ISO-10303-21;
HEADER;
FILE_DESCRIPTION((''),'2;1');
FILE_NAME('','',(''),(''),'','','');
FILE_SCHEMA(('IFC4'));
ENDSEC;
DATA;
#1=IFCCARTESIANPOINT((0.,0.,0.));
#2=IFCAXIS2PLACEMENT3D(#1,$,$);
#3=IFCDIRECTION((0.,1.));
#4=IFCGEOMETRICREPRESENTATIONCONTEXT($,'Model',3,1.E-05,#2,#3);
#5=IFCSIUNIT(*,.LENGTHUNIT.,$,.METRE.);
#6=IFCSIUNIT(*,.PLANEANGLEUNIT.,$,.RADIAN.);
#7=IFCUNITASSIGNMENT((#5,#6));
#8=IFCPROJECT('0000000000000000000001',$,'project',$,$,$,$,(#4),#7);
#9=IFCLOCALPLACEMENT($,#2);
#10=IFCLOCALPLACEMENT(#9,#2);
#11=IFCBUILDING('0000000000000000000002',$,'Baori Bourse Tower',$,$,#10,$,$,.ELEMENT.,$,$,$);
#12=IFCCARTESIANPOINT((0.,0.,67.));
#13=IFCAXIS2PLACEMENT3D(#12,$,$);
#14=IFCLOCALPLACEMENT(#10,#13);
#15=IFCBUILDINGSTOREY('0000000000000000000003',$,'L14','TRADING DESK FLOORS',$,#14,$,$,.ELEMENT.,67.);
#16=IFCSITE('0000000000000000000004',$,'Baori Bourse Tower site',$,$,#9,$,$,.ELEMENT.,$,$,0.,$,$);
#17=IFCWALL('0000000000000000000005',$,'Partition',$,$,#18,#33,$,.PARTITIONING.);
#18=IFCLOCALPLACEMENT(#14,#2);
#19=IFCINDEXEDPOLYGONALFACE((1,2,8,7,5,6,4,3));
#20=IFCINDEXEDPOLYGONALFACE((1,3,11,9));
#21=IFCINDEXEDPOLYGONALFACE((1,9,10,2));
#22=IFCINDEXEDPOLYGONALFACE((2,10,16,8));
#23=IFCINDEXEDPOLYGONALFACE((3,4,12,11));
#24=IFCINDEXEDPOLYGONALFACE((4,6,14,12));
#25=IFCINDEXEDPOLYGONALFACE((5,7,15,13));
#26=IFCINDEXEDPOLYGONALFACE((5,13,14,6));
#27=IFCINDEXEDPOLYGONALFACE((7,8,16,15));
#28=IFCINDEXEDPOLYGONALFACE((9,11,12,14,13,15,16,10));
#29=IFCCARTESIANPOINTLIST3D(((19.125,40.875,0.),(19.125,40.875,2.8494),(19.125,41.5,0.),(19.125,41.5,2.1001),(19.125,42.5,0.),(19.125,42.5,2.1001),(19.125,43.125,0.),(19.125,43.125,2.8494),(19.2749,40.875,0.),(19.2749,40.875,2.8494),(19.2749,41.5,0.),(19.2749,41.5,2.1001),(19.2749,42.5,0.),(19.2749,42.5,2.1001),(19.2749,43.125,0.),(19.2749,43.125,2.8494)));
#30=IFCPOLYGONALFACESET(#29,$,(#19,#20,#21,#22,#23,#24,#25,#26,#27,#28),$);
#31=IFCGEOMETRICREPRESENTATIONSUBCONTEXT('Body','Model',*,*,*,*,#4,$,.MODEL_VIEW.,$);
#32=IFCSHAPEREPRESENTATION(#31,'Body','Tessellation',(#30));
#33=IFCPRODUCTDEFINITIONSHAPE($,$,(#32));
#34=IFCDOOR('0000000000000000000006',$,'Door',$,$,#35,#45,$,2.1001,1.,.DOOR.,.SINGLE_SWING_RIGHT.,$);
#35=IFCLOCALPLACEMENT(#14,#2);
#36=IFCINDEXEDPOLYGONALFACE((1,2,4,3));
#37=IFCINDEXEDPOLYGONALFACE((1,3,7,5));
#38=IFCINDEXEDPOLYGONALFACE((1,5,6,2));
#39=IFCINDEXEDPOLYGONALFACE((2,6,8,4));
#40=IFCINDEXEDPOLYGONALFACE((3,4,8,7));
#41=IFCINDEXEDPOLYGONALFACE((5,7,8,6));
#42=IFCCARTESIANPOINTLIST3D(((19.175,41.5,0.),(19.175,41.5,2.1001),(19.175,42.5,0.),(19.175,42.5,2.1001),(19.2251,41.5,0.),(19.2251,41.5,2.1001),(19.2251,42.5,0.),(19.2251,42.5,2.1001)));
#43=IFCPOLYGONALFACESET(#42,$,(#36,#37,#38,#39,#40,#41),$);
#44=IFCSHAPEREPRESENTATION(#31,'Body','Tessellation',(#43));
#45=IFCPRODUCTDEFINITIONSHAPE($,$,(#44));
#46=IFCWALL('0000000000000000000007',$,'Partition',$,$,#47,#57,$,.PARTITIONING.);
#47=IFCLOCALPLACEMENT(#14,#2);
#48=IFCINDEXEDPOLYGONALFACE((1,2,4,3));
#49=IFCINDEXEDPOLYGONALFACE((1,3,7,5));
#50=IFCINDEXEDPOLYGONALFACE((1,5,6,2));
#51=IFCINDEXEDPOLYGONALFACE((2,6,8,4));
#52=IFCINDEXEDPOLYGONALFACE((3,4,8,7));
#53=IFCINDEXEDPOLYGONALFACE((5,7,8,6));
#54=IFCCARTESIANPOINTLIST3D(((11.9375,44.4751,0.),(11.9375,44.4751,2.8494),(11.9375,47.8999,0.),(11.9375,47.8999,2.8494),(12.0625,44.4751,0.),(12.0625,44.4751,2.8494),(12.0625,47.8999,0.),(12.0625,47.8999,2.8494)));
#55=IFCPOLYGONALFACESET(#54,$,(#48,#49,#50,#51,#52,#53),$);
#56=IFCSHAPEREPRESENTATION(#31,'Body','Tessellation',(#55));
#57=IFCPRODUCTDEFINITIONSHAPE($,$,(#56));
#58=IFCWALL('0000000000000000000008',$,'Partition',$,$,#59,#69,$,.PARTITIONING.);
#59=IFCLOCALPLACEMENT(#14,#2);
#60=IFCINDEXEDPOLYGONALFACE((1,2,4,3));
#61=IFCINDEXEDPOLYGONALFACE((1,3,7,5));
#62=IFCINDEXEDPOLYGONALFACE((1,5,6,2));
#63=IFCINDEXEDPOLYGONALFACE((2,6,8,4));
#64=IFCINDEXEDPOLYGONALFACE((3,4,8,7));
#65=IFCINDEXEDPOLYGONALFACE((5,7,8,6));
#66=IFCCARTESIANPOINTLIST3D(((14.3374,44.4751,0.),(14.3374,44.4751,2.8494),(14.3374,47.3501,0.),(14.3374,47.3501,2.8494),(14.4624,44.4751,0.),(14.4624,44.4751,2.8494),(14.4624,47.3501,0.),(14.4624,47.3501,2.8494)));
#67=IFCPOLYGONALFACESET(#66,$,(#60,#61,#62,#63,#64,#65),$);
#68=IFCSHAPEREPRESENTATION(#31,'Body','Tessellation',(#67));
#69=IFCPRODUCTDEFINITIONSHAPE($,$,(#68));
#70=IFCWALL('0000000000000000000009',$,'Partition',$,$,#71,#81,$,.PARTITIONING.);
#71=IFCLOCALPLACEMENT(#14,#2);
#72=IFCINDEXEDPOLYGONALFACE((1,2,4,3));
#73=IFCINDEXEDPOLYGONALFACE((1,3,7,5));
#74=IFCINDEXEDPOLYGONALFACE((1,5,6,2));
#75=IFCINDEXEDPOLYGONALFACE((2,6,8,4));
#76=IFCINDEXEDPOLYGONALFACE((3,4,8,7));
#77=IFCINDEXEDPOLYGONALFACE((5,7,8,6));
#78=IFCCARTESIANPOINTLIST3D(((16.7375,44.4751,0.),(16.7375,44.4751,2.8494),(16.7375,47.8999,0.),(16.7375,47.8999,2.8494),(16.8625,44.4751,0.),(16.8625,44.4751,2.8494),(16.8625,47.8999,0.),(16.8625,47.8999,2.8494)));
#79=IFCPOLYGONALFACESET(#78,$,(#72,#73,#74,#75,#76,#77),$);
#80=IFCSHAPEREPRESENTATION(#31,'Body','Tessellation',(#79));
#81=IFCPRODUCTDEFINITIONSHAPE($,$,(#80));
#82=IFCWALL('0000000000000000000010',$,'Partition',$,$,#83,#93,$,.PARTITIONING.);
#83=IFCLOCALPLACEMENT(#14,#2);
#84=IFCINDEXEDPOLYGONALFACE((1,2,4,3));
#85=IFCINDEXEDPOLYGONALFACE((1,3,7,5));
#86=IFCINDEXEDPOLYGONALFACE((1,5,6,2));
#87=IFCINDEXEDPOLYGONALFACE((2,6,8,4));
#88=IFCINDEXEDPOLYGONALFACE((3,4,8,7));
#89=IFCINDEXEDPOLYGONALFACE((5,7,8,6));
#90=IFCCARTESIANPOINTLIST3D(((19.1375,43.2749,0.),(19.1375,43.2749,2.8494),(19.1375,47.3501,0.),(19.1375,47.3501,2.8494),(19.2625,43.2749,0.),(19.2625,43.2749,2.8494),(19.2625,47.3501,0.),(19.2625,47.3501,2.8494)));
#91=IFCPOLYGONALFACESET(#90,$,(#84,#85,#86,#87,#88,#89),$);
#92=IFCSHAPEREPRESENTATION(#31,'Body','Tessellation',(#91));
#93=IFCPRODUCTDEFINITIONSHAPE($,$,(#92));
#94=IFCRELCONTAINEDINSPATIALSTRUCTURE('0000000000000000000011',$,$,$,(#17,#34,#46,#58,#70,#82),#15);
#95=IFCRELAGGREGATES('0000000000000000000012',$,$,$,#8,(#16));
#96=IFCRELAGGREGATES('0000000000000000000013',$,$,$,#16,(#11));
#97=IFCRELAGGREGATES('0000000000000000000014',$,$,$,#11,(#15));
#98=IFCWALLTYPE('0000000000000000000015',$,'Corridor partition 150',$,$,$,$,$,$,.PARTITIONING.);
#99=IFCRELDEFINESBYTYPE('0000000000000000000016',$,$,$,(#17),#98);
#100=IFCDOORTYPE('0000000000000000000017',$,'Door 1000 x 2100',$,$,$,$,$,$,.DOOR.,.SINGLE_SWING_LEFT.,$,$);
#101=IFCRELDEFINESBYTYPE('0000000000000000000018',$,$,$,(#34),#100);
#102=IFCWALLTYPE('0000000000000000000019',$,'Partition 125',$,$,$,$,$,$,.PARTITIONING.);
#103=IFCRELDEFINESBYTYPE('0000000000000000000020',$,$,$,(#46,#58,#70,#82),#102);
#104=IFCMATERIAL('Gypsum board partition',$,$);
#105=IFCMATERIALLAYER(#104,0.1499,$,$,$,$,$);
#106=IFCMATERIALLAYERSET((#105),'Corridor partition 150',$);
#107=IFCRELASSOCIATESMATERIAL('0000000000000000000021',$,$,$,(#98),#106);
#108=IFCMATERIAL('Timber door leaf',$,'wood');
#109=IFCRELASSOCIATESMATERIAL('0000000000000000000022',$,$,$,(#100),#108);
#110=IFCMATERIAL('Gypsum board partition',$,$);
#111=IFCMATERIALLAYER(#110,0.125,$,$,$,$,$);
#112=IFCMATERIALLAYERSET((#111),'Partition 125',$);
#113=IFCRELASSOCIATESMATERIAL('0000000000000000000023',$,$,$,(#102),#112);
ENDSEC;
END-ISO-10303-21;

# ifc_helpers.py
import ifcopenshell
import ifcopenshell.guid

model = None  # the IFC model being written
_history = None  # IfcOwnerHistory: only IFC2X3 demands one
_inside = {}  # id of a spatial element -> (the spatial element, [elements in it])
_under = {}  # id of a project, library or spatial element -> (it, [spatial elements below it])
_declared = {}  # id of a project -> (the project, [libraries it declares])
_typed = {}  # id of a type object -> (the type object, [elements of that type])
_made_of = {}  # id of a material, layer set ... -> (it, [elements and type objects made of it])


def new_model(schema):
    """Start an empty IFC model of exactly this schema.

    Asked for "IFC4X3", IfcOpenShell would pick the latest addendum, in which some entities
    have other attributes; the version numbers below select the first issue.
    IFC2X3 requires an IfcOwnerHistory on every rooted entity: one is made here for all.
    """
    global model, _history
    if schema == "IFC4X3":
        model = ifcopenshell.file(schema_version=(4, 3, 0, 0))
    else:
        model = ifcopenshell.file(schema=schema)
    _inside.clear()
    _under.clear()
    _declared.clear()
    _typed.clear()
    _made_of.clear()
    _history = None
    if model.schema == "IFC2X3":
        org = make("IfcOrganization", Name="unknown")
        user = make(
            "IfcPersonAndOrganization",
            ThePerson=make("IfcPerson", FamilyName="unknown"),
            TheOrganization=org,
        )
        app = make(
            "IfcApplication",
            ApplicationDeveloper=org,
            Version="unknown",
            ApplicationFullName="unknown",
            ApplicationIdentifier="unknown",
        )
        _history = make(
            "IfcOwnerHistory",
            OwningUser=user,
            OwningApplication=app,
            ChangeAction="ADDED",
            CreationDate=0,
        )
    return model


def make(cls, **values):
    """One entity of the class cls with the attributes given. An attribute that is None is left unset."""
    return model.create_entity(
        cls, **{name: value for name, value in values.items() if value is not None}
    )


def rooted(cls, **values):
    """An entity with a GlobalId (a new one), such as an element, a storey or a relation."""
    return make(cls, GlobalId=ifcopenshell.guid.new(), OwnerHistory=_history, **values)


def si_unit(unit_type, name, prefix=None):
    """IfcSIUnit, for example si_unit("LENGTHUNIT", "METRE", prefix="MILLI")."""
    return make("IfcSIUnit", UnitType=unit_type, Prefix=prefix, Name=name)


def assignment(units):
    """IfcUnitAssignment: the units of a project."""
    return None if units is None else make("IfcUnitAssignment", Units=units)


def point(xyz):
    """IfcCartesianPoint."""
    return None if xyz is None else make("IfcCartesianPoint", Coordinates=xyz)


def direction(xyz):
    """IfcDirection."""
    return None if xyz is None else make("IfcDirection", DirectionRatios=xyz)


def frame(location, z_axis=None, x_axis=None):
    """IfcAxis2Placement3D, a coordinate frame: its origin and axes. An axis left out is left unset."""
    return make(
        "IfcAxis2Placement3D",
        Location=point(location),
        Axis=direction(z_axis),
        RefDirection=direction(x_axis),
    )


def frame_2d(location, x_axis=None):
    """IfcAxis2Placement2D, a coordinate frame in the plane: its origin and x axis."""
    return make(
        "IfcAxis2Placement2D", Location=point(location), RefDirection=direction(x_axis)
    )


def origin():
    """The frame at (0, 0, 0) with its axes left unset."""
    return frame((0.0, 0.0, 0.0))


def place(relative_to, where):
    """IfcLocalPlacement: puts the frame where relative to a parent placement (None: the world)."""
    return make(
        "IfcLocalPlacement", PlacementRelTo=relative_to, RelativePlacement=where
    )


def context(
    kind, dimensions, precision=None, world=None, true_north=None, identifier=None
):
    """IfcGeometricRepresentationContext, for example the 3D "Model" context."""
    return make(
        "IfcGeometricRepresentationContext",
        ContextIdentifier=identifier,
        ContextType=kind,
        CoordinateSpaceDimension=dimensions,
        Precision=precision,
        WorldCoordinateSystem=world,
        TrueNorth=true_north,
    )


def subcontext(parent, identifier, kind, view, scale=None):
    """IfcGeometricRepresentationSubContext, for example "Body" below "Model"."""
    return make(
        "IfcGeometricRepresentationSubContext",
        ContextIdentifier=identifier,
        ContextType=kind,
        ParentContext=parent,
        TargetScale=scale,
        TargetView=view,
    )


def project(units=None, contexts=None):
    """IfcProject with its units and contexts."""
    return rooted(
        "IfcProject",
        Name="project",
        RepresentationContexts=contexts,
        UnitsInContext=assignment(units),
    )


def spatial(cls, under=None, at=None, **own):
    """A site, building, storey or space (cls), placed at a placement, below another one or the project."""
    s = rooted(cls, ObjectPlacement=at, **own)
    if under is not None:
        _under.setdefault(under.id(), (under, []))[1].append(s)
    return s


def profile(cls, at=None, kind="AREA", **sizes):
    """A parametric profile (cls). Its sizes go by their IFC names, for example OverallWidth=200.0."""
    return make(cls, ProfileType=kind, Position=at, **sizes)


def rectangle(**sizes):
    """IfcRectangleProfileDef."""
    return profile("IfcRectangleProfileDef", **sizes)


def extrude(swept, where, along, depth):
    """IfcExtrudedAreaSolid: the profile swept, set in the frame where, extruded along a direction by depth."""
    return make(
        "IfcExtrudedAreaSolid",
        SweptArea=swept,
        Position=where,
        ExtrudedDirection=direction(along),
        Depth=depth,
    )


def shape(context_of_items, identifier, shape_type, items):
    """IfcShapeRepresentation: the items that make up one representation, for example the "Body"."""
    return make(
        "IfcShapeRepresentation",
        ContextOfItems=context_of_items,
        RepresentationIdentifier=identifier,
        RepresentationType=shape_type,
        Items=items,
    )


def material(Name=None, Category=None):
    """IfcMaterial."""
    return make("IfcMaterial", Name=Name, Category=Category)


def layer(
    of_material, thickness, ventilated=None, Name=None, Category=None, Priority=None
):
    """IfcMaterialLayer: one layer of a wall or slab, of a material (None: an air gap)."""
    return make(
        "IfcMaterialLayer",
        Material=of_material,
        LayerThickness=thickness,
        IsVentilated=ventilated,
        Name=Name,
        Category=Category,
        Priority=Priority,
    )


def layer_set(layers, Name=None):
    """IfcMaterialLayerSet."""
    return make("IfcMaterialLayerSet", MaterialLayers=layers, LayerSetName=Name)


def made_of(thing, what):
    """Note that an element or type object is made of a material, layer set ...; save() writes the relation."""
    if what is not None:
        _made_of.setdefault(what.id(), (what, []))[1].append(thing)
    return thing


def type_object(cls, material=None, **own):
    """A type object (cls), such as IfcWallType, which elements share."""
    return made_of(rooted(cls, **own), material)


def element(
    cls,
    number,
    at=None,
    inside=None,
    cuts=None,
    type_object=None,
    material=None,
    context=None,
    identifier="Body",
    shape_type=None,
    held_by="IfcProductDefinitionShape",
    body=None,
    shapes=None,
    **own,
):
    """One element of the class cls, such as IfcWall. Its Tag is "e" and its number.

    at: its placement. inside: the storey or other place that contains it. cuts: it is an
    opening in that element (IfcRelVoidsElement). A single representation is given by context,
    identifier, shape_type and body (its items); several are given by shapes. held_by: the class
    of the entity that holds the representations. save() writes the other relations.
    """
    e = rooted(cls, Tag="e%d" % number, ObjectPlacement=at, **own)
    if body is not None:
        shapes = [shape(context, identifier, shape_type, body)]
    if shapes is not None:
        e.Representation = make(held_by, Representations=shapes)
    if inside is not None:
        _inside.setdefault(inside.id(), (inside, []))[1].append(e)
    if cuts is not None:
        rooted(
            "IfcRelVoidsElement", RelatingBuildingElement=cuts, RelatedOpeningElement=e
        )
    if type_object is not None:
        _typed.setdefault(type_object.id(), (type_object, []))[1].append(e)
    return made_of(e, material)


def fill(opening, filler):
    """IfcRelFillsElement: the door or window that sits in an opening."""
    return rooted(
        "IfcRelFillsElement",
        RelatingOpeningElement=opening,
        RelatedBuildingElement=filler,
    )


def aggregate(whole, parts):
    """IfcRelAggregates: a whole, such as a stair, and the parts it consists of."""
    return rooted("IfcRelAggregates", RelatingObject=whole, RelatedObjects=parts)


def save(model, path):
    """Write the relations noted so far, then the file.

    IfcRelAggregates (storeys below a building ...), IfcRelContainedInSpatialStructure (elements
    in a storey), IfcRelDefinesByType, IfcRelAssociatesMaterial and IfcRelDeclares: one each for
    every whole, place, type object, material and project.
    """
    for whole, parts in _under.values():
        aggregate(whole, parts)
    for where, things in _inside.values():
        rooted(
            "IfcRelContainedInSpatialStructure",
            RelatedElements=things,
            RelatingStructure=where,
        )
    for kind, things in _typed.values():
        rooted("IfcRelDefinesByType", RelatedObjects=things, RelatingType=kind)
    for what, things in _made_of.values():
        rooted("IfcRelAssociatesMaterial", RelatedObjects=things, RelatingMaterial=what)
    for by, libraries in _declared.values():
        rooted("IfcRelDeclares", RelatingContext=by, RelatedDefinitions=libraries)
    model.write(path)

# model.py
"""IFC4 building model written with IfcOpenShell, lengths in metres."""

from ifc_helpers import new_model, si_unit, direction, frame, frame_2d, origin, place, context, subcontext, project, spatial, rectangle, extrude, material, layer, layer_set, type_object, element, fill, save


model = new_model("IFC4")

# Units and contexts
model_context = context("Model", 3, precision=1e-05, world=origin(), true_north=direction((0.0, 1.0)))
body_context = subcontext(model_context, "Body", "Model", "MODEL_VIEW")
ifc_project = project(units=[si_unit("LENGTHUNIT", "METRE"), si_unit("PLANEANGLEUNIT", "RADIAN")], contexts=[model_context])

# Site, building, storey
site_placement = place(None, origin())
site = spatial("IfcSite", under=ifc_project, at=site_placement, Name="Baori Bourse Tower site", CompositionType="ELEMENT", RefElevation=0.0)
building_placement = place(site_placement, origin())
building = spatial("IfcBuilding", under=site, at=building_placement, Name="Baori Bourse Tower", CompositionType="ELEMENT")
storey_placement = place(building_placement, frame((0.0, 0.0, 67.0)))
storey = spatial("IfcBuildingStorey", under=building, at=storey_placement, Name="L14", Description="TRADING DESK FLOORS", CompositionType="ELEMENT", Elevation=67.0)

# Shared definitions
ifc_material_1 = material(Name="Gypsum board partition")
ifc_layer_1 = layer(ifc_material_1, 0.1499)
ifc_layer_set_1 = layer_set([ifc_layer_1], Name="Corridor partition 150")
wall_type_1 = type_object("IfcWallType", Name="Corridor partition 150", PredefinedType="PARTITIONING", material=ifc_layer_set_1)
ifc_material_2 = material(Name="Timber door leaf", Category="wood")
door_type = type_object("IfcDoorType", Name="Door 1000 x 2100", OperationType="SINGLE_SWING_LEFT", PredefinedType="DOOR", material=ifc_material_2)

# Wall, opening, door
wall_1_placement = place(storey_placement, frame((19.2, 40.875, 0.0), z_axis=(0.0, 0.0, 1.0), x_axis=(0.0, 1.0, 0.0)))
wall_1 = element("IfcWall", 1, at=wall_1_placement, inside=storey, type_object=wall_type_1, Name="Partition", PredefinedType="PARTITIONING", context=body_context, shape_type="SweptSolid", body=[
    extrude(rectangle(XDim=2.25, YDim=0.1499, at=frame_2d((1.125, 0.0))), origin(), (0.0, 0.0, 1.0), 2.8494),
])
opening_1_placement = place(wall_1_placement, frame((0.625, 0.0, 0.0)))
opening_1 = element("IfcOpeningElement", 2, at=opening_1_placement, cuts=wall_1, PredefinedType="OPENING", context=body_context, shape_type="SweptSolid", body=[
    extrude(rectangle(XDim=1.0, YDim=2.1001, at=frame_2d((0.5, 1.05))), frame((0.0, 0.085, 0.0), z_axis=(0.0, -1.0, 0.0), x_axis=(1.0, 0.0, 0.0)), (0.0, 0.0, 1.0), 0.1699),
])
door_1_placement = place(opening_1_placement, origin())
door_1 = element("IfcDoor", 3, at=door_1_placement, inside=storey, type_object=door_type, Name="Door", OperationType="SINGLE_SWING_RIGHT", OverallHeight=2.1001, OverallWidth=1.0, PredefinedType="DOOR", context=body_context, shape_type="SweptSolid", body=[
    extrude(rectangle(XDim=1.0, YDim=2.1001, at=frame_2d((0.5, 1.05))), frame((0.0, 0.0249, 0.0), z_axis=(0.0, -1.0, 0.0), x_axis=(1.0, 0.0, 0.0)), (0.0, 0.0, 1.0), 0.05),
])
fill(opening_1, door_1)

# Walls
ifc_material_3 = material(Name="Gypsum board partition")
ifc_layer_2 = layer(ifc_material_3, 0.125)
ifc_layer_set_2 = layer_set([ifc_layer_2], Name="Partition 125")
wall_type_2 = type_object("IfcWallType", Name="Partition 125", PredefinedType="PARTITIONING", material=ifc_layer_set_2)
wall_2_placement = place(storey_placement, frame((12.0, 44.4751, 0.0), z_axis=(0.0, 0.0, 1.0), x_axis=(0.0, 1.0, 0.0)))
element("IfcWall", 4, at=wall_2_placement, inside=storey, type_object=wall_type_2, Name="Partition", PredefinedType="PARTITIONING", context=body_context, shape_type="SweptSolid", body=[
    extrude(rectangle(XDim=3.4248, YDim=0.125, at=frame_2d((1.7124, 0.0))), origin(), (0.0, 0.0, 1.0), 2.8494),
])
wall_3_placement = place(storey_placement, frame((14.3999, 44.4751, 0.0), z_axis=(0.0, 0.0, 1.0), x_axis=(0.0, 1.0, 0.0)))
element("IfcWall", 5, at=wall_3_placement, inside=storey, type_object=wall_type_2, Name="Partition", PredefinedType="PARTITIONING", context=body_context, shape_type="SweptSolid", body=[
    extrude(rectangle(XDim=2.875, YDim=0.125, at=frame_2d((1.4375, 0.0))), origin(), (0.0, 0.0, 1.0), 2.8494),
])
wall_4_placement = place(storey_placement, frame((16.8, 44.4751, 0.0), z_axis=(0.0, 0.0, 1.0), x_axis=(0.0, 1.0, 0.0)))
element("IfcWall", 6, at=wall_4_placement, inside=storey, type_object=wall_type_2, Name="Partition", PredefinedType="PARTITIONING", context=body_context, shape_type="SweptSolid", body=[
    extrude(rectangle(XDim=3.4248, YDim=0.125, at=frame_2d((1.7124, 0.0))), origin(), (0.0, 0.0, 1.0), 2.8494),
])
wall_5_placement = place(storey_placement, frame((19.2, 43.2749, 0.0), z_axis=(0.0, 0.0, 1.0), x_axis=(0.0, 1.0, 0.0)))
element("IfcWall", 7, at=wall_5_placement, inside=storey, type_object=wall_type_2, Name="Partition", PredefinedType="PARTITIONING", context=body_context, shape_type="SweptSolid", body=[
    extrude(rectangle(XDim=4.0752, YDim=0.125, at=frame_2d((2.0376, 0.0))), origin(), (0.0, 0.0, 1.0), 2.8494),
])

save(model, "model.ifc")
